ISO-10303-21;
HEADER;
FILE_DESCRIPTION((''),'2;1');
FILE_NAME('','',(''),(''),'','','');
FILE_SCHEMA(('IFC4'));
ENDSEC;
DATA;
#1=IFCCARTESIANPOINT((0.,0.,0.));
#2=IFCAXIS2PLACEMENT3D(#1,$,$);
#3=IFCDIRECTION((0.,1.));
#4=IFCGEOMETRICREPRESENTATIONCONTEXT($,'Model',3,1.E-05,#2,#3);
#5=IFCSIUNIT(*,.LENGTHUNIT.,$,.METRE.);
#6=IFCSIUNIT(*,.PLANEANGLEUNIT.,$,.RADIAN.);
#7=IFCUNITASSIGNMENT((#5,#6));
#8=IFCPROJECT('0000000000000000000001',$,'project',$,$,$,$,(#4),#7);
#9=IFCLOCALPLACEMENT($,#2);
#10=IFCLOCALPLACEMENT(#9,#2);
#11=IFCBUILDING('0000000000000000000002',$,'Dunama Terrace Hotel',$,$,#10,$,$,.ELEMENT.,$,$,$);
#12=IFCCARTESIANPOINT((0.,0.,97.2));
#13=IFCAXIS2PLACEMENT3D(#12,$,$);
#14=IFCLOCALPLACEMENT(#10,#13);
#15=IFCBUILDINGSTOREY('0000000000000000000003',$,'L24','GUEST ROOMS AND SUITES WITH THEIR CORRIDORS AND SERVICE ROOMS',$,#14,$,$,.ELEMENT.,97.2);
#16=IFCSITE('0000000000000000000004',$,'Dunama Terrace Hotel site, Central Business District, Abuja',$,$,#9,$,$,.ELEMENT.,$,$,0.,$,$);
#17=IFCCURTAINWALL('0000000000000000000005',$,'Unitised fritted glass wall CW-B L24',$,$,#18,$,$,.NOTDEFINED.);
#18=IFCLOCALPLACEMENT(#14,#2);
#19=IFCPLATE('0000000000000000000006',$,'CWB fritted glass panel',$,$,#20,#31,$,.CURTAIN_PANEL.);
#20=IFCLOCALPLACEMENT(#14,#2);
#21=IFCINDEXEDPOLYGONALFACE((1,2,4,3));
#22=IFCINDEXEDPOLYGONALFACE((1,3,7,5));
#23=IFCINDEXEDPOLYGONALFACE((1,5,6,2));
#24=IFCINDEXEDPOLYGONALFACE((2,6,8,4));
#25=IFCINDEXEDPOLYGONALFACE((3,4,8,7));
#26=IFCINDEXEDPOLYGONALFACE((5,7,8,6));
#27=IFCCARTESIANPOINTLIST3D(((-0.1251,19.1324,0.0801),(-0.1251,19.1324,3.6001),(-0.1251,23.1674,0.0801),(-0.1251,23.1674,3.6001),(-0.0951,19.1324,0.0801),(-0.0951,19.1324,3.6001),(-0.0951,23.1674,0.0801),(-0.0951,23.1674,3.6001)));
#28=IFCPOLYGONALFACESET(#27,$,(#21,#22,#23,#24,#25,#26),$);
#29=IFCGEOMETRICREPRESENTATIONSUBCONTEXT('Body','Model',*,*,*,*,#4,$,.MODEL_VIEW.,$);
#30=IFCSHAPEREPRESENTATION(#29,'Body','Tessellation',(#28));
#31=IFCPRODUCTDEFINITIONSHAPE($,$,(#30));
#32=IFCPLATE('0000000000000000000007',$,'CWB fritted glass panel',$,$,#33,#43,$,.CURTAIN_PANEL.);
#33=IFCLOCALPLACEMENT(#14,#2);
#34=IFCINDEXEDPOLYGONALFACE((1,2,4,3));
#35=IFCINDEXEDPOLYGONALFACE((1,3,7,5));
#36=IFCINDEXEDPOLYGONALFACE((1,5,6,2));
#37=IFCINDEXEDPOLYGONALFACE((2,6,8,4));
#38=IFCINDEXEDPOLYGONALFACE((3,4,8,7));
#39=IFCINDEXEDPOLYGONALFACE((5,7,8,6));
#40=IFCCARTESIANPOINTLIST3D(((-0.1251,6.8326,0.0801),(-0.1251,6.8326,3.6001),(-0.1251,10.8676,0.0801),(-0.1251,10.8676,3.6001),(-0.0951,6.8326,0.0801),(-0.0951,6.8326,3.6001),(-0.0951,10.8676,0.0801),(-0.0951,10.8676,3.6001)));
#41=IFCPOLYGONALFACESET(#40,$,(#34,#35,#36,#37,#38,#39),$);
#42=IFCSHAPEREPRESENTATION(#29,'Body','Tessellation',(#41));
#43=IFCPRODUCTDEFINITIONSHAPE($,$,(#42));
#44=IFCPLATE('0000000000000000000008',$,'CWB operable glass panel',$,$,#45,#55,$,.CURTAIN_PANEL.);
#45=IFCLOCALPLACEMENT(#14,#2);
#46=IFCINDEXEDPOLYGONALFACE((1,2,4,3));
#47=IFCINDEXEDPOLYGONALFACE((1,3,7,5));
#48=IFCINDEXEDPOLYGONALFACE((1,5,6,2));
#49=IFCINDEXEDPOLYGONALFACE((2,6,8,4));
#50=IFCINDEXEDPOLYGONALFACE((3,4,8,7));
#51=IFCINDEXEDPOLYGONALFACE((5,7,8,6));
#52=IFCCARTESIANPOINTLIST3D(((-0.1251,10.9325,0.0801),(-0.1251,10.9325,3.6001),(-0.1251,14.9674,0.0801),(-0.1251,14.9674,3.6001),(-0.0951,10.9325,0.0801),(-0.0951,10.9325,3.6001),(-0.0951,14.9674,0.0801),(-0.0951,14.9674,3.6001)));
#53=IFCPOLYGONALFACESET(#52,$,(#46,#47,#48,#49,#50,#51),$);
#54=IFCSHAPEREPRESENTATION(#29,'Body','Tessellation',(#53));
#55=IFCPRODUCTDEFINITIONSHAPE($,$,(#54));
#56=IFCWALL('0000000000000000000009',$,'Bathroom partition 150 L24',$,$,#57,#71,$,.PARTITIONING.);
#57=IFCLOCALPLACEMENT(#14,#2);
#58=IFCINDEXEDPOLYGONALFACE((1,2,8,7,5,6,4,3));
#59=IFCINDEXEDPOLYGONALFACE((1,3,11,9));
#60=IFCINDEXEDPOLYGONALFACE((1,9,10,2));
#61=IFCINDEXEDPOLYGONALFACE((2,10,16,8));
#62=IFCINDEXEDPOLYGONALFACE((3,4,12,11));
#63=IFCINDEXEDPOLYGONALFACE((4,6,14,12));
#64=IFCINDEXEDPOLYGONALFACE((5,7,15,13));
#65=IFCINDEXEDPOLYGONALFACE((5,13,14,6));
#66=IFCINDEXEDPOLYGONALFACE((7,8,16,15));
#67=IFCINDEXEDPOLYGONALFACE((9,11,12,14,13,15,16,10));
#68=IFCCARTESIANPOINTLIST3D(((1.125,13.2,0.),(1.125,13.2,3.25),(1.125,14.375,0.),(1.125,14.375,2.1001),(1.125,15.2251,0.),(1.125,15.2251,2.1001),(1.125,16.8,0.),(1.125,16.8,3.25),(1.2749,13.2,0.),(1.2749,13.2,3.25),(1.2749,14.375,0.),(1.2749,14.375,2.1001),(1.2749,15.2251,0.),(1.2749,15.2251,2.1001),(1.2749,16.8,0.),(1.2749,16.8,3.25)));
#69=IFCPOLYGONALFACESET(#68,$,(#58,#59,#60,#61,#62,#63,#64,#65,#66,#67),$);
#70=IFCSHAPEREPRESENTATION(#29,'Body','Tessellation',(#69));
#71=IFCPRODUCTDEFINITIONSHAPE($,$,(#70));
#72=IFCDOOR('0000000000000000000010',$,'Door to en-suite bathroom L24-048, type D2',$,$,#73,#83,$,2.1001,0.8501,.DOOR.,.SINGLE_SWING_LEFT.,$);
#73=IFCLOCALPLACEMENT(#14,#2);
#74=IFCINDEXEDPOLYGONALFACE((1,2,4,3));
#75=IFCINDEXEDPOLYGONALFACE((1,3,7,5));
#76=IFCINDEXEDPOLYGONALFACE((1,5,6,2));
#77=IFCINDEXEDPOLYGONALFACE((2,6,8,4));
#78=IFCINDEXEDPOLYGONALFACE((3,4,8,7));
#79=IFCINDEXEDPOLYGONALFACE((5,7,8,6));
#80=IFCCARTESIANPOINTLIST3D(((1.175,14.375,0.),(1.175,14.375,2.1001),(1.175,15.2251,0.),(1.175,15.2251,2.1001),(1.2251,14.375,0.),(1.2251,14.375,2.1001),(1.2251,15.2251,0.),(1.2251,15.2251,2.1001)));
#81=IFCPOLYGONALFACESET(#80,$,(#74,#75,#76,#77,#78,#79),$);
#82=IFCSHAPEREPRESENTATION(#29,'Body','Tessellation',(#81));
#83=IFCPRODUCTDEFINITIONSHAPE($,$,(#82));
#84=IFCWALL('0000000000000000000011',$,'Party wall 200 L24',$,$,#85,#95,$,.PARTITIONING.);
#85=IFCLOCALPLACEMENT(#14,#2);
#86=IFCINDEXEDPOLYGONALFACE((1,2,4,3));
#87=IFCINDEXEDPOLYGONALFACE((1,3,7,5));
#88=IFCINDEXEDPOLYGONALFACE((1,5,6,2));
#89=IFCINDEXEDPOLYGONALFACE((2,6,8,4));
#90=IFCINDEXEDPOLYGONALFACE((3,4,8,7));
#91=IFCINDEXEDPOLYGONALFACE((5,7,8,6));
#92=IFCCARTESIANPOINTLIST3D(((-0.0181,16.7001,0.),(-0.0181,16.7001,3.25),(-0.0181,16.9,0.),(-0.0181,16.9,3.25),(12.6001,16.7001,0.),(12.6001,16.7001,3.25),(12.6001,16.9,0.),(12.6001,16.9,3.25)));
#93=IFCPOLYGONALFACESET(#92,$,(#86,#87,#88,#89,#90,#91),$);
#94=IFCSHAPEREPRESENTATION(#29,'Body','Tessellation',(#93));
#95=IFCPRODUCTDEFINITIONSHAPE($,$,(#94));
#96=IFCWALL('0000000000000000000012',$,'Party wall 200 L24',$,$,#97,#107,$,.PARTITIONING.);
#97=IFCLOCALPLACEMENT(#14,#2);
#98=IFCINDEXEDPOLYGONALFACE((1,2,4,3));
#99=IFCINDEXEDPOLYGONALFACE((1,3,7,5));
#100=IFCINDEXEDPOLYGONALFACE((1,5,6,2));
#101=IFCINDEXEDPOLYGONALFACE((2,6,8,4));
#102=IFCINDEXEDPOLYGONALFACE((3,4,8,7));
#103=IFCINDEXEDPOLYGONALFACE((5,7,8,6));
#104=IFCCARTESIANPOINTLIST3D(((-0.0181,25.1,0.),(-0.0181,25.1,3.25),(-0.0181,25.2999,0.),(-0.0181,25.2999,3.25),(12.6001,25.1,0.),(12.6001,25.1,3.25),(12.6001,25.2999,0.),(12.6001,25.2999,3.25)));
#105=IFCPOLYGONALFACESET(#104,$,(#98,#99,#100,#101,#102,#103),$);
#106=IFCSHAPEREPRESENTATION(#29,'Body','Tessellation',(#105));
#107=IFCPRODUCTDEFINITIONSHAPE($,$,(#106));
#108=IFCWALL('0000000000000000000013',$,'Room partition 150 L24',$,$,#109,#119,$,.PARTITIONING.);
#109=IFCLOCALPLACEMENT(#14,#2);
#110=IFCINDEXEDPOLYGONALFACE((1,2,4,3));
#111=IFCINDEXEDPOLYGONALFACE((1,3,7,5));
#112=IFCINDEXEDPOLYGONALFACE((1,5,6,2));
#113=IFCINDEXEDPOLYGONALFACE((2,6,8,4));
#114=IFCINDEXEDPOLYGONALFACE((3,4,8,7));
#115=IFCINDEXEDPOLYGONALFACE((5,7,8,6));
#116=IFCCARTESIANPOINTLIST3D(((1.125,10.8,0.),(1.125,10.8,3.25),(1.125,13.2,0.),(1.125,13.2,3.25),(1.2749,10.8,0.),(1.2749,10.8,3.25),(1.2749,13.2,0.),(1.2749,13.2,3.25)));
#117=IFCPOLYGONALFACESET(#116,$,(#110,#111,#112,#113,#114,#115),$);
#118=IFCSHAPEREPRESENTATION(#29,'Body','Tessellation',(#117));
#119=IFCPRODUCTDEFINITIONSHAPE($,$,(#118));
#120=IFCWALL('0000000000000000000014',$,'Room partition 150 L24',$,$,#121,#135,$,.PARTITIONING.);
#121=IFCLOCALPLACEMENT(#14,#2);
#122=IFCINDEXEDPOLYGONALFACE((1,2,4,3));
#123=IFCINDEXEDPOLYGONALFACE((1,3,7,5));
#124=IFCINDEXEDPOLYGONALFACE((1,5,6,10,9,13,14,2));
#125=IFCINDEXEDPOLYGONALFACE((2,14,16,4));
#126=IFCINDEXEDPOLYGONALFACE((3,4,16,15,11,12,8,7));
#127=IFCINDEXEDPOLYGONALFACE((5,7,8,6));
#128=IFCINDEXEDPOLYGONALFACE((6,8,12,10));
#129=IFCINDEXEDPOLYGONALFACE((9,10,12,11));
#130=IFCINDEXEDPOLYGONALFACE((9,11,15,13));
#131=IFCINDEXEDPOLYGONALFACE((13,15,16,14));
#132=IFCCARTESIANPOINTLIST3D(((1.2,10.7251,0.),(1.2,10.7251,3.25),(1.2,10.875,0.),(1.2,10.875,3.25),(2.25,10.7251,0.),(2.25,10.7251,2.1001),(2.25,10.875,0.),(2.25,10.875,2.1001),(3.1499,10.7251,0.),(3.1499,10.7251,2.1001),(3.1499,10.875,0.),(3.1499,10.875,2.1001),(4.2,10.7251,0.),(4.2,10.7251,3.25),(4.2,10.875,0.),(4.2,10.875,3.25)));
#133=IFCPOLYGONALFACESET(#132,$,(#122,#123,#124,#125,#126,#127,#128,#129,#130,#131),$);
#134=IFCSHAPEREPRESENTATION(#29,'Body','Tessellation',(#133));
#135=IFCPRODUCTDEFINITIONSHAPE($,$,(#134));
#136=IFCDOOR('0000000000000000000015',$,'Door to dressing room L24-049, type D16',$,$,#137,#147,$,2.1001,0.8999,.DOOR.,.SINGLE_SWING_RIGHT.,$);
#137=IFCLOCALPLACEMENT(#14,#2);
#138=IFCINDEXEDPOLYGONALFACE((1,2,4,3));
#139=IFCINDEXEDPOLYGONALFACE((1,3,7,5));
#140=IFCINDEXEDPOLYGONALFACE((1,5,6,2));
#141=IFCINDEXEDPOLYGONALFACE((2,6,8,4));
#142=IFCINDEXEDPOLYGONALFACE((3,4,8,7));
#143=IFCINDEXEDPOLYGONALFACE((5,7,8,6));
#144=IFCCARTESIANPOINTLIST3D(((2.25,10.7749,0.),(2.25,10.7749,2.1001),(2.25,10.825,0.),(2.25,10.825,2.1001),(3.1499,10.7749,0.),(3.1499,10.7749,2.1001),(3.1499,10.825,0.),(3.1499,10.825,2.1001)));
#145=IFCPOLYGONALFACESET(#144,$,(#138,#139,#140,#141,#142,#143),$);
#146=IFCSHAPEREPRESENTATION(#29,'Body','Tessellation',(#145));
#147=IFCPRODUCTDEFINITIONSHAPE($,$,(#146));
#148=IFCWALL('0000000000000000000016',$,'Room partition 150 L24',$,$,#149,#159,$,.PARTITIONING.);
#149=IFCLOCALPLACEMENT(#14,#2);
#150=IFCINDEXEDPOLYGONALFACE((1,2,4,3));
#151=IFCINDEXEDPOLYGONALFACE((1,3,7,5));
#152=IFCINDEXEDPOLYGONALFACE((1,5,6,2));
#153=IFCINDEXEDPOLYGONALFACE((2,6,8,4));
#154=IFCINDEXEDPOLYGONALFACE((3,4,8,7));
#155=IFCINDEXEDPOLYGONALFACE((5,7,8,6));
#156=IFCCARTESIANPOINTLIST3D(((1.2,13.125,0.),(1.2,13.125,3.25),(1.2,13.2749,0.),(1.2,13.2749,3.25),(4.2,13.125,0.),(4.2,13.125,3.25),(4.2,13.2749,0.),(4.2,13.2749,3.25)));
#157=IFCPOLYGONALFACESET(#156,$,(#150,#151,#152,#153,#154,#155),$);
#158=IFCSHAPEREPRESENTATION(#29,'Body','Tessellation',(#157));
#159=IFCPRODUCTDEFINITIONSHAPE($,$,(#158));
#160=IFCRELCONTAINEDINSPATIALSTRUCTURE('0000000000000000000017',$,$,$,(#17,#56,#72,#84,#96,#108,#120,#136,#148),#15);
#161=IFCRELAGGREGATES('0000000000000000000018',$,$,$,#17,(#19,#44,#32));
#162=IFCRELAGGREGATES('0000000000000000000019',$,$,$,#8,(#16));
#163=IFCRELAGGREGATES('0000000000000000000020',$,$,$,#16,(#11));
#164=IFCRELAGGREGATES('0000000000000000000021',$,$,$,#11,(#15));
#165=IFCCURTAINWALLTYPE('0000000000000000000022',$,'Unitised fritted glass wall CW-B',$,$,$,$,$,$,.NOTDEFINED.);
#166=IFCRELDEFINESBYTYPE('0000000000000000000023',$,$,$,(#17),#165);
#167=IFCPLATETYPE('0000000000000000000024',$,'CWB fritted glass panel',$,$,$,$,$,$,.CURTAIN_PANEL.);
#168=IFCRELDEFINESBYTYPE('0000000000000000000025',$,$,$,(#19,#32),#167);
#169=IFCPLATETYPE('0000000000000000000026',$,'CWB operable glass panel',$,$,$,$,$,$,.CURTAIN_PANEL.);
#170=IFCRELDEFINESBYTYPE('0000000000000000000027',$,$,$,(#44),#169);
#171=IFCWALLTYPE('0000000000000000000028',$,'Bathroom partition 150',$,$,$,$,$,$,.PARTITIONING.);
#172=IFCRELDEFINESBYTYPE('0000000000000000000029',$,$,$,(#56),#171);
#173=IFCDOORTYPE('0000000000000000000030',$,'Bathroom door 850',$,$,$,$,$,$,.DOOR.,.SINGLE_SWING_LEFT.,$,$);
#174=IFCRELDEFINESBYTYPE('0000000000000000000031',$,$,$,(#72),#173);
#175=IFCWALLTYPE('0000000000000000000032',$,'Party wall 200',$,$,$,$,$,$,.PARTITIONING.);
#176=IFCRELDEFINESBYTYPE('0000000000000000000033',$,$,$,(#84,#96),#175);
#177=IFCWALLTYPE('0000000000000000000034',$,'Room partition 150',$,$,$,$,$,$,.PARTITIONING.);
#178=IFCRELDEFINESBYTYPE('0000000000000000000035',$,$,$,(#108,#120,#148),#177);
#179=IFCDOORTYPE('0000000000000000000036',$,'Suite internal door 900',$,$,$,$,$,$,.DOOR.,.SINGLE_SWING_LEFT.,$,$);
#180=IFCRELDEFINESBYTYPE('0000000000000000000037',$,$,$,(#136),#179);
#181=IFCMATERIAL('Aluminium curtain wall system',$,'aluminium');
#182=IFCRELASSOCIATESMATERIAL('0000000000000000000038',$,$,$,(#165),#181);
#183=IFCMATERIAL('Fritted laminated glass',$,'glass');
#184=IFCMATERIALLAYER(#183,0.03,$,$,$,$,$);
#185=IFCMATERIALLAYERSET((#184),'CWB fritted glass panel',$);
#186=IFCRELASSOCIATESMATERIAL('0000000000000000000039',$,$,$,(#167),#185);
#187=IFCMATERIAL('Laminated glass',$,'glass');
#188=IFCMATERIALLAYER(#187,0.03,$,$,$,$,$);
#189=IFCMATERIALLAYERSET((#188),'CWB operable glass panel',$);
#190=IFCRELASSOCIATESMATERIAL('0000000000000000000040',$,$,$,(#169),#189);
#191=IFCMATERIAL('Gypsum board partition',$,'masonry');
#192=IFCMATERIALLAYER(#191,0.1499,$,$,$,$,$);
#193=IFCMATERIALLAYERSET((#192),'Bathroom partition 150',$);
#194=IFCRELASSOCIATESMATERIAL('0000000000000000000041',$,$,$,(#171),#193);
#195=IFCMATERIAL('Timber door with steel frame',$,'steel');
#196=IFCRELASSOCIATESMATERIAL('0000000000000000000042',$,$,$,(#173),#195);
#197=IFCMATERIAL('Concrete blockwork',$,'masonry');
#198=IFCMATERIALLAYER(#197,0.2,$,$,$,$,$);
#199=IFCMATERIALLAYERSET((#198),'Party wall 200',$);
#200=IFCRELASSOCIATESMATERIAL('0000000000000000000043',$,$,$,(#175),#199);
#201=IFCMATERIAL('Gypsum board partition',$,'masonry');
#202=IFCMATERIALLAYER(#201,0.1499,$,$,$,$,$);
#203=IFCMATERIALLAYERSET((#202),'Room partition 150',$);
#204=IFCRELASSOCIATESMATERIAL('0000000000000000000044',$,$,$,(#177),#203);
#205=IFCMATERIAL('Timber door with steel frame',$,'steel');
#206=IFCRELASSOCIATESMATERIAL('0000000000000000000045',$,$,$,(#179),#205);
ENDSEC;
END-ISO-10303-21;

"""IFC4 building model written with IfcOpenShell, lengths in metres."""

from ifc_helpers import new_model, si_unit, direction, frame, frame_2d, origin, origin_2d, place, context, subcontext, project, spatial, rectangle, extrude, material, layer, layer_set, type_object, element, fill, aggregate, save


model = new_model("IFC4")

# Units and contexts
model_context = context("Model", 3, precision=1e-05, world=origin(), true_north=direction((0.0, 1.0)))
body_context = subcontext(model_context, "Body", "Model", "MODEL_VIEW")
ifc_project = project(units=[si_unit("LENGTHUNIT", "METRE"), si_unit("PLANEANGLEUNIT", "RADIAN")], contexts=[model_context])

# Site, building, storey
site_placement = place(None, origin())
site = spatial("IfcSite", under=ifc_project, at=site_placement, Name="Dunama Terrace Hotel site, Central Business District, Abuja", CompositionType="ELEMENT", RefElevation=0.0)
building_placement = place(site_placement, origin())
building = spatial("IfcBuilding", under=site, at=building_placement, Name="Dunama Terrace Hotel", CompositionType="ELEMENT")
storey_placement = place(building_placement, frame((0.0, 0.0, 97.2)))
storey = spatial("IfcBuildingStorey", under=building, at=storey_placement, Name="L24", Description="GUEST ROOMS AND SUITES WITH THEIR CORRIDORS AND SERVICE ROOMS", CompositionType="ELEMENT", Elevation=97.2)

# Curtain wall
ifc_material_1 = material(Name="Aluminium curtain wall system", Category="aluminium")
curtain_wall_type = type_object("IfcCurtainWallType", Name="Unitised fritted glass wall CW-B", PredefinedType="NOTDEFINED", material=ifc_material_1)
curtain_wall_placement = place(storey_placement, origin())
curtain_wall = element("IfcCurtainWall", 1, at=curtain_wall_placement, inside=storey, type_object=curtain_wall_type, Name="Unitised fritted glass wall CW-B L24", PredefinedType="NOTDEFINED")

# Plates
ifc_material_2 = material(Name="Fritted laminated glass", Category="glass")
ifc_layer_1 = layer(ifc_material_2, 0.03)
ifc_layer_set_1 = layer_set([ifc_layer_1], Name="CWB fritted glass panel")
plate_type_1 = type_object("IfcPlateType", Name="CWB fritted glass panel", PredefinedType="CURTAIN_PANEL", material=ifc_layer_set_1)
plate_1_placement = place(storey_placement, frame((-0.1101, 21.1499, 0.0801), z_axis=(0.0, 0.0, 1.0), x_axis=(0.0, -1.0, 0.0)))
plate_1 = element("IfcPlate", 2, at=plate_1_placement, type_object=plate_type_1, Name="CWB fritted glass panel", PredefinedType="CURTAIN_PANEL", context=body_context, shape_type="SweptSolid", body=[
    extrude(rectangle(XDim=4.0349, YDim=0.03, at=origin_2d()), origin(), (0.0, 0.0, 1.0), 3.52),
])
plate_2_placement = place(storey_placement, frame((-0.1101, 8.8501, 0.0801), z_axis=(0.0, 0.0, 1.0), x_axis=(0.0, -1.0, 0.0)))
plate_2 = element("IfcPlate", 3, at=plate_2_placement, type_object=plate_type_1, Name="CWB fritted glass panel", PredefinedType="CURTAIN_PANEL", context=body_context, shape_type="SweptSolid", body=[
    extrude(rectangle(XDim=4.0349, YDim=0.03, at=origin_2d()), origin(), (0.0, 0.0, 1.0), 3.52),
])
ifc_material_3 = material(Name="Laminated glass", Category="glass")
ifc_layer_2 = layer(ifc_material_3, 0.03)
ifc_layer_set_2 = layer_set([ifc_layer_2], Name="CWB operable glass panel")
plate_type_2 = type_object("IfcPlateType", Name="CWB operable glass panel", PredefinedType="CURTAIN_PANEL", material=ifc_layer_set_2)
plate_3_placement = place(storey_placement, frame((-0.1101, 12.95, 0.0801), z_axis=(0.0, 0.0, 1.0), x_axis=(0.0, -1.0, 0.0)))
plate_3 = element("IfcPlate", 4, at=plate_3_placement, type_object=plate_type_2, Name="CWB operable glass panel", PredefinedType="CURTAIN_PANEL", context=body_context, shape_type="SweptSolid", body=[
    extrude(rectangle(XDim=4.0349, YDim=0.03, at=origin_2d()), origin(), (0.0, 0.0, 1.0), 3.52),
])
aggregate(curtain_wall, [plate_1, plate_3, plate_2])

# Wall, opening, door
ifc_material_4 = material(Name="Gypsum board partition", Category="masonry")
ifc_layer_3 = layer(ifc_material_4, 0.1499)
ifc_layer_set_3 = layer_set([ifc_layer_3], Name="Bathroom partition 150")
wall_type_1 = type_object("IfcWallType", Name="Bathroom partition 150", PredefinedType="PARTITIONING", material=ifc_layer_set_3)
wall_1_placement = place(storey_placement, frame((1.2, 13.2, 0.0), z_axis=(0.0, 0.0, 1.0), x_axis=(0.0, 1.0, 0.0)))
wall_1 = element("IfcWall", 5, at=wall_1_placement, inside=storey, type_object=wall_type_1, Name="Bathroom partition 150 L24", PredefinedType="PARTITIONING", context=body_context, shape_type="SweptSolid", body=[
    extrude(rectangle(XDim=3.6001, YDim=0.1499, at=frame_2d((1.8, 0.0))), origin(), (0.0, 0.0, 1.0), 3.25),
])
opening_1_placement = place(wall_1_placement, frame((1.175, 0.0, 0.0)))
opening_1 = element("IfcOpeningElement", 6, at=opening_1_placement, cuts=wall_1, PredefinedType="OPENING", context=body_context, shape_type="SweptSolid", body=[
    extrude(rectangle(XDim=0.8501, YDim=2.1001, at=frame_2d((0.425, 1.05))), frame((0.0, 0.085, 0.0), z_axis=(0.0, -1.0, 0.0), x_axis=(1.0, 0.0, 0.0)), (0.0, 0.0, 1.0), 0.1699),
])
ifc_material_5 = material(Name="Timber door with steel frame", Category="steel")
door_type_1 = type_object("IfcDoorType", Name="Bathroom door 850", OperationType="SINGLE_SWING_LEFT", PredefinedType="DOOR", material=ifc_material_5)
door_1_placement = place(opening_1_placement, frame((0.8501, 0.0, 0.0), z_axis=(0.0, 0.0, 1.0), x_axis=(-1.0, 0.0, 0.0)))
door_1 = element("IfcDoor", 7, at=door_1_placement, inside=storey, type_object=door_type_1, Name="Door to en-suite bathroom L24-048, type D2", OperationType="SINGLE_SWING_LEFT", OverallHeight=2.1001, OverallWidth=0.8501, PredefinedType="DOOR", context=body_context, shape_type="SweptSolid", body=[
    extrude(rectangle(XDim=0.8501, YDim=2.1001, at=frame_2d((0.425, 1.05))), frame((0.0, 0.0251, 0.0), z_axis=(0.0, -1.0, 0.0), x_axis=(1.0, 0.0, 0.0)), (0.0, 0.0, 1.0), 0.05),
])
fill(opening_1, door_1)

# Walls
ifc_material_6 = material(Name="Concrete blockwork", Category="masonry")
ifc_layer_4 = layer(ifc_material_6, 0.2)
ifc_layer_set_4 = layer_set([ifc_layer_4], Name="Party wall 200")
wall_type_2 = type_object("IfcWallType", Name="Party wall 200", PredefinedType="PARTITIONING", material=ifc_layer_set_4)
for number, where, z_axis, x_axis, name in (
    (8, (-0.0181, 16.8, 0.0), (0.0, 0.0, 1.0), (1.0, 0.0, 0.0), "Party wall 200 L24"),
    (9, (-0.0181, 25.2, 0.0), (0.0, 0.0, 1.0), (1.0, 0.0, 0.0), "Party wall 200 L24"),
):
    element("IfcWall", number, at=place(storey_placement, frame(where, z_axis=z_axis, x_axis=x_axis)), inside=storey, type_object=wall_type_2, Name=name, PredefinedType="PARTITIONING", context=body_context, shape_type="SweptSolid", body=[
        extrude(rectangle(XDim=12.6182, YDim=0.2, at=frame_2d((6.3091, 0.0))), origin(), (0.0, 0.0, 1.0), 3.25),
    ])
ifc_material_7 = material(Name="Gypsum board partition", Category="masonry")
ifc_layer_5 = layer(ifc_material_7, 0.1499)
ifc_layer_set_5 = layer_set([ifc_layer_5], Name="Room partition 150")
wall_type_3 = type_object("IfcWallType", Name="Room partition 150", PredefinedType="PARTITIONING", material=ifc_layer_set_5)
wall_2_placement = place(storey_placement, frame((1.2, 10.8, 0.0), z_axis=(0.0, 0.0, 1.0), x_axis=(0.0, 1.0, 0.0)))
element("IfcWall", 10, at=wall_2_placement, inside=storey, type_object=wall_type_3, Name="Room partition 150 L24", PredefinedType="PARTITIONING", context=body_context, shape_type="SweptSolid", body=[
    extrude(rectangle(XDim=2.3999, YDim=0.1499, at=frame_2d((1.2, 0.0))), origin(), (0.0, 0.0, 1.0), 3.25),
])

# Wall, opening, door
wall_3_placement = place(storey_placement, frame((1.2, 10.8, 0.0), z_axis=(0.0, 0.0, 1.0), x_axis=(1.0, 0.0, 0.0)))
wall_3 = element("IfcWall", 11, at=wall_3_placement, inside=storey, type_object=wall_type_3, Name="Room partition 150 L24", PredefinedType="PARTITIONING", context=body_context, shape_type="SweptSolid", body=[
    extrude(rectangle(XDim=3.0, YDim=0.1499, at=frame_2d((1.5, 0.0))), origin(), (0.0, 0.0, 1.0), 3.25),
])
opening_2_placement = place(wall_3_placement, frame((1.05, 0.0, 0.0)))
opening_2 = element("IfcOpeningElement", 12, at=opening_2_placement, cuts=wall_3, PredefinedType="OPENING", context=body_context, shape_type="SweptSolid", body=[
    extrude(rectangle(XDim=0.8999, YDim=2.1001, at=frame_2d((0.45, 1.05))), frame((0.0, 0.085, 0.0), z_axis=(0.0, -1.0, 0.0), x_axis=(1.0, 0.0, 0.0)), (0.0, 0.0, 1.0), 0.1699),
])
ifc_material_8 = material(Name="Timber door with steel frame", Category="steel")
door_type_2 = type_object("IfcDoorType", Name="Suite internal door 900", OperationType="SINGLE_SWING_LEFT", PredefinedType="DOOR", material=ifc_material_8)
door_2_placement = place(opening_2_placement, origin())
door_2 = element("IfcDoor", 13, at=door_2_placement, inside=storey, type_object=door_type_2, Name="Door to dressing room L24-049, type D16", OperationType="SINGLE_SWING_RIGHT", OverallHeight=2.1001, OverallWidth=0.8999, PredefinedType="DOOR", context=body_context, shape_type="SweptSolid", body=[
    extrude(rectangle(XDim=0.8999, YDim=2.1001, at=frame_2d((0.45, 1.05))), frame((0.0, 0.0249, 0.0), z_axis=(0.0, -1.0, 0.0), x_axis=(1.0, 0.0, 0.0)), (0.0, 0.0, 1.0), 0.05),
])
fill(opening_2, door_2)

# Wall
wall_4_placement = place(storey_placement, frame((1.2, 13.2, 0.0), z_axis=(0.0, 0.0, 1.0), x_axis=(1.0, 0.0, 0.0)))
element("IfcWall", 14, at=wall_4_placement, inside=storey, type_object=wall_type_3, Name="Room partition 150 L24", PredefinedType="PARTITIONING", context=body_context, shape_type="SweptSolid", body=[
    extrude(rectangle(XDim=3.0, YDim=0.1499, at=frame_2d((1.5, 0.0))), origin(), (0.0, 0.0, 1.0), 3.25),
])

save(model, "model.ifc")
